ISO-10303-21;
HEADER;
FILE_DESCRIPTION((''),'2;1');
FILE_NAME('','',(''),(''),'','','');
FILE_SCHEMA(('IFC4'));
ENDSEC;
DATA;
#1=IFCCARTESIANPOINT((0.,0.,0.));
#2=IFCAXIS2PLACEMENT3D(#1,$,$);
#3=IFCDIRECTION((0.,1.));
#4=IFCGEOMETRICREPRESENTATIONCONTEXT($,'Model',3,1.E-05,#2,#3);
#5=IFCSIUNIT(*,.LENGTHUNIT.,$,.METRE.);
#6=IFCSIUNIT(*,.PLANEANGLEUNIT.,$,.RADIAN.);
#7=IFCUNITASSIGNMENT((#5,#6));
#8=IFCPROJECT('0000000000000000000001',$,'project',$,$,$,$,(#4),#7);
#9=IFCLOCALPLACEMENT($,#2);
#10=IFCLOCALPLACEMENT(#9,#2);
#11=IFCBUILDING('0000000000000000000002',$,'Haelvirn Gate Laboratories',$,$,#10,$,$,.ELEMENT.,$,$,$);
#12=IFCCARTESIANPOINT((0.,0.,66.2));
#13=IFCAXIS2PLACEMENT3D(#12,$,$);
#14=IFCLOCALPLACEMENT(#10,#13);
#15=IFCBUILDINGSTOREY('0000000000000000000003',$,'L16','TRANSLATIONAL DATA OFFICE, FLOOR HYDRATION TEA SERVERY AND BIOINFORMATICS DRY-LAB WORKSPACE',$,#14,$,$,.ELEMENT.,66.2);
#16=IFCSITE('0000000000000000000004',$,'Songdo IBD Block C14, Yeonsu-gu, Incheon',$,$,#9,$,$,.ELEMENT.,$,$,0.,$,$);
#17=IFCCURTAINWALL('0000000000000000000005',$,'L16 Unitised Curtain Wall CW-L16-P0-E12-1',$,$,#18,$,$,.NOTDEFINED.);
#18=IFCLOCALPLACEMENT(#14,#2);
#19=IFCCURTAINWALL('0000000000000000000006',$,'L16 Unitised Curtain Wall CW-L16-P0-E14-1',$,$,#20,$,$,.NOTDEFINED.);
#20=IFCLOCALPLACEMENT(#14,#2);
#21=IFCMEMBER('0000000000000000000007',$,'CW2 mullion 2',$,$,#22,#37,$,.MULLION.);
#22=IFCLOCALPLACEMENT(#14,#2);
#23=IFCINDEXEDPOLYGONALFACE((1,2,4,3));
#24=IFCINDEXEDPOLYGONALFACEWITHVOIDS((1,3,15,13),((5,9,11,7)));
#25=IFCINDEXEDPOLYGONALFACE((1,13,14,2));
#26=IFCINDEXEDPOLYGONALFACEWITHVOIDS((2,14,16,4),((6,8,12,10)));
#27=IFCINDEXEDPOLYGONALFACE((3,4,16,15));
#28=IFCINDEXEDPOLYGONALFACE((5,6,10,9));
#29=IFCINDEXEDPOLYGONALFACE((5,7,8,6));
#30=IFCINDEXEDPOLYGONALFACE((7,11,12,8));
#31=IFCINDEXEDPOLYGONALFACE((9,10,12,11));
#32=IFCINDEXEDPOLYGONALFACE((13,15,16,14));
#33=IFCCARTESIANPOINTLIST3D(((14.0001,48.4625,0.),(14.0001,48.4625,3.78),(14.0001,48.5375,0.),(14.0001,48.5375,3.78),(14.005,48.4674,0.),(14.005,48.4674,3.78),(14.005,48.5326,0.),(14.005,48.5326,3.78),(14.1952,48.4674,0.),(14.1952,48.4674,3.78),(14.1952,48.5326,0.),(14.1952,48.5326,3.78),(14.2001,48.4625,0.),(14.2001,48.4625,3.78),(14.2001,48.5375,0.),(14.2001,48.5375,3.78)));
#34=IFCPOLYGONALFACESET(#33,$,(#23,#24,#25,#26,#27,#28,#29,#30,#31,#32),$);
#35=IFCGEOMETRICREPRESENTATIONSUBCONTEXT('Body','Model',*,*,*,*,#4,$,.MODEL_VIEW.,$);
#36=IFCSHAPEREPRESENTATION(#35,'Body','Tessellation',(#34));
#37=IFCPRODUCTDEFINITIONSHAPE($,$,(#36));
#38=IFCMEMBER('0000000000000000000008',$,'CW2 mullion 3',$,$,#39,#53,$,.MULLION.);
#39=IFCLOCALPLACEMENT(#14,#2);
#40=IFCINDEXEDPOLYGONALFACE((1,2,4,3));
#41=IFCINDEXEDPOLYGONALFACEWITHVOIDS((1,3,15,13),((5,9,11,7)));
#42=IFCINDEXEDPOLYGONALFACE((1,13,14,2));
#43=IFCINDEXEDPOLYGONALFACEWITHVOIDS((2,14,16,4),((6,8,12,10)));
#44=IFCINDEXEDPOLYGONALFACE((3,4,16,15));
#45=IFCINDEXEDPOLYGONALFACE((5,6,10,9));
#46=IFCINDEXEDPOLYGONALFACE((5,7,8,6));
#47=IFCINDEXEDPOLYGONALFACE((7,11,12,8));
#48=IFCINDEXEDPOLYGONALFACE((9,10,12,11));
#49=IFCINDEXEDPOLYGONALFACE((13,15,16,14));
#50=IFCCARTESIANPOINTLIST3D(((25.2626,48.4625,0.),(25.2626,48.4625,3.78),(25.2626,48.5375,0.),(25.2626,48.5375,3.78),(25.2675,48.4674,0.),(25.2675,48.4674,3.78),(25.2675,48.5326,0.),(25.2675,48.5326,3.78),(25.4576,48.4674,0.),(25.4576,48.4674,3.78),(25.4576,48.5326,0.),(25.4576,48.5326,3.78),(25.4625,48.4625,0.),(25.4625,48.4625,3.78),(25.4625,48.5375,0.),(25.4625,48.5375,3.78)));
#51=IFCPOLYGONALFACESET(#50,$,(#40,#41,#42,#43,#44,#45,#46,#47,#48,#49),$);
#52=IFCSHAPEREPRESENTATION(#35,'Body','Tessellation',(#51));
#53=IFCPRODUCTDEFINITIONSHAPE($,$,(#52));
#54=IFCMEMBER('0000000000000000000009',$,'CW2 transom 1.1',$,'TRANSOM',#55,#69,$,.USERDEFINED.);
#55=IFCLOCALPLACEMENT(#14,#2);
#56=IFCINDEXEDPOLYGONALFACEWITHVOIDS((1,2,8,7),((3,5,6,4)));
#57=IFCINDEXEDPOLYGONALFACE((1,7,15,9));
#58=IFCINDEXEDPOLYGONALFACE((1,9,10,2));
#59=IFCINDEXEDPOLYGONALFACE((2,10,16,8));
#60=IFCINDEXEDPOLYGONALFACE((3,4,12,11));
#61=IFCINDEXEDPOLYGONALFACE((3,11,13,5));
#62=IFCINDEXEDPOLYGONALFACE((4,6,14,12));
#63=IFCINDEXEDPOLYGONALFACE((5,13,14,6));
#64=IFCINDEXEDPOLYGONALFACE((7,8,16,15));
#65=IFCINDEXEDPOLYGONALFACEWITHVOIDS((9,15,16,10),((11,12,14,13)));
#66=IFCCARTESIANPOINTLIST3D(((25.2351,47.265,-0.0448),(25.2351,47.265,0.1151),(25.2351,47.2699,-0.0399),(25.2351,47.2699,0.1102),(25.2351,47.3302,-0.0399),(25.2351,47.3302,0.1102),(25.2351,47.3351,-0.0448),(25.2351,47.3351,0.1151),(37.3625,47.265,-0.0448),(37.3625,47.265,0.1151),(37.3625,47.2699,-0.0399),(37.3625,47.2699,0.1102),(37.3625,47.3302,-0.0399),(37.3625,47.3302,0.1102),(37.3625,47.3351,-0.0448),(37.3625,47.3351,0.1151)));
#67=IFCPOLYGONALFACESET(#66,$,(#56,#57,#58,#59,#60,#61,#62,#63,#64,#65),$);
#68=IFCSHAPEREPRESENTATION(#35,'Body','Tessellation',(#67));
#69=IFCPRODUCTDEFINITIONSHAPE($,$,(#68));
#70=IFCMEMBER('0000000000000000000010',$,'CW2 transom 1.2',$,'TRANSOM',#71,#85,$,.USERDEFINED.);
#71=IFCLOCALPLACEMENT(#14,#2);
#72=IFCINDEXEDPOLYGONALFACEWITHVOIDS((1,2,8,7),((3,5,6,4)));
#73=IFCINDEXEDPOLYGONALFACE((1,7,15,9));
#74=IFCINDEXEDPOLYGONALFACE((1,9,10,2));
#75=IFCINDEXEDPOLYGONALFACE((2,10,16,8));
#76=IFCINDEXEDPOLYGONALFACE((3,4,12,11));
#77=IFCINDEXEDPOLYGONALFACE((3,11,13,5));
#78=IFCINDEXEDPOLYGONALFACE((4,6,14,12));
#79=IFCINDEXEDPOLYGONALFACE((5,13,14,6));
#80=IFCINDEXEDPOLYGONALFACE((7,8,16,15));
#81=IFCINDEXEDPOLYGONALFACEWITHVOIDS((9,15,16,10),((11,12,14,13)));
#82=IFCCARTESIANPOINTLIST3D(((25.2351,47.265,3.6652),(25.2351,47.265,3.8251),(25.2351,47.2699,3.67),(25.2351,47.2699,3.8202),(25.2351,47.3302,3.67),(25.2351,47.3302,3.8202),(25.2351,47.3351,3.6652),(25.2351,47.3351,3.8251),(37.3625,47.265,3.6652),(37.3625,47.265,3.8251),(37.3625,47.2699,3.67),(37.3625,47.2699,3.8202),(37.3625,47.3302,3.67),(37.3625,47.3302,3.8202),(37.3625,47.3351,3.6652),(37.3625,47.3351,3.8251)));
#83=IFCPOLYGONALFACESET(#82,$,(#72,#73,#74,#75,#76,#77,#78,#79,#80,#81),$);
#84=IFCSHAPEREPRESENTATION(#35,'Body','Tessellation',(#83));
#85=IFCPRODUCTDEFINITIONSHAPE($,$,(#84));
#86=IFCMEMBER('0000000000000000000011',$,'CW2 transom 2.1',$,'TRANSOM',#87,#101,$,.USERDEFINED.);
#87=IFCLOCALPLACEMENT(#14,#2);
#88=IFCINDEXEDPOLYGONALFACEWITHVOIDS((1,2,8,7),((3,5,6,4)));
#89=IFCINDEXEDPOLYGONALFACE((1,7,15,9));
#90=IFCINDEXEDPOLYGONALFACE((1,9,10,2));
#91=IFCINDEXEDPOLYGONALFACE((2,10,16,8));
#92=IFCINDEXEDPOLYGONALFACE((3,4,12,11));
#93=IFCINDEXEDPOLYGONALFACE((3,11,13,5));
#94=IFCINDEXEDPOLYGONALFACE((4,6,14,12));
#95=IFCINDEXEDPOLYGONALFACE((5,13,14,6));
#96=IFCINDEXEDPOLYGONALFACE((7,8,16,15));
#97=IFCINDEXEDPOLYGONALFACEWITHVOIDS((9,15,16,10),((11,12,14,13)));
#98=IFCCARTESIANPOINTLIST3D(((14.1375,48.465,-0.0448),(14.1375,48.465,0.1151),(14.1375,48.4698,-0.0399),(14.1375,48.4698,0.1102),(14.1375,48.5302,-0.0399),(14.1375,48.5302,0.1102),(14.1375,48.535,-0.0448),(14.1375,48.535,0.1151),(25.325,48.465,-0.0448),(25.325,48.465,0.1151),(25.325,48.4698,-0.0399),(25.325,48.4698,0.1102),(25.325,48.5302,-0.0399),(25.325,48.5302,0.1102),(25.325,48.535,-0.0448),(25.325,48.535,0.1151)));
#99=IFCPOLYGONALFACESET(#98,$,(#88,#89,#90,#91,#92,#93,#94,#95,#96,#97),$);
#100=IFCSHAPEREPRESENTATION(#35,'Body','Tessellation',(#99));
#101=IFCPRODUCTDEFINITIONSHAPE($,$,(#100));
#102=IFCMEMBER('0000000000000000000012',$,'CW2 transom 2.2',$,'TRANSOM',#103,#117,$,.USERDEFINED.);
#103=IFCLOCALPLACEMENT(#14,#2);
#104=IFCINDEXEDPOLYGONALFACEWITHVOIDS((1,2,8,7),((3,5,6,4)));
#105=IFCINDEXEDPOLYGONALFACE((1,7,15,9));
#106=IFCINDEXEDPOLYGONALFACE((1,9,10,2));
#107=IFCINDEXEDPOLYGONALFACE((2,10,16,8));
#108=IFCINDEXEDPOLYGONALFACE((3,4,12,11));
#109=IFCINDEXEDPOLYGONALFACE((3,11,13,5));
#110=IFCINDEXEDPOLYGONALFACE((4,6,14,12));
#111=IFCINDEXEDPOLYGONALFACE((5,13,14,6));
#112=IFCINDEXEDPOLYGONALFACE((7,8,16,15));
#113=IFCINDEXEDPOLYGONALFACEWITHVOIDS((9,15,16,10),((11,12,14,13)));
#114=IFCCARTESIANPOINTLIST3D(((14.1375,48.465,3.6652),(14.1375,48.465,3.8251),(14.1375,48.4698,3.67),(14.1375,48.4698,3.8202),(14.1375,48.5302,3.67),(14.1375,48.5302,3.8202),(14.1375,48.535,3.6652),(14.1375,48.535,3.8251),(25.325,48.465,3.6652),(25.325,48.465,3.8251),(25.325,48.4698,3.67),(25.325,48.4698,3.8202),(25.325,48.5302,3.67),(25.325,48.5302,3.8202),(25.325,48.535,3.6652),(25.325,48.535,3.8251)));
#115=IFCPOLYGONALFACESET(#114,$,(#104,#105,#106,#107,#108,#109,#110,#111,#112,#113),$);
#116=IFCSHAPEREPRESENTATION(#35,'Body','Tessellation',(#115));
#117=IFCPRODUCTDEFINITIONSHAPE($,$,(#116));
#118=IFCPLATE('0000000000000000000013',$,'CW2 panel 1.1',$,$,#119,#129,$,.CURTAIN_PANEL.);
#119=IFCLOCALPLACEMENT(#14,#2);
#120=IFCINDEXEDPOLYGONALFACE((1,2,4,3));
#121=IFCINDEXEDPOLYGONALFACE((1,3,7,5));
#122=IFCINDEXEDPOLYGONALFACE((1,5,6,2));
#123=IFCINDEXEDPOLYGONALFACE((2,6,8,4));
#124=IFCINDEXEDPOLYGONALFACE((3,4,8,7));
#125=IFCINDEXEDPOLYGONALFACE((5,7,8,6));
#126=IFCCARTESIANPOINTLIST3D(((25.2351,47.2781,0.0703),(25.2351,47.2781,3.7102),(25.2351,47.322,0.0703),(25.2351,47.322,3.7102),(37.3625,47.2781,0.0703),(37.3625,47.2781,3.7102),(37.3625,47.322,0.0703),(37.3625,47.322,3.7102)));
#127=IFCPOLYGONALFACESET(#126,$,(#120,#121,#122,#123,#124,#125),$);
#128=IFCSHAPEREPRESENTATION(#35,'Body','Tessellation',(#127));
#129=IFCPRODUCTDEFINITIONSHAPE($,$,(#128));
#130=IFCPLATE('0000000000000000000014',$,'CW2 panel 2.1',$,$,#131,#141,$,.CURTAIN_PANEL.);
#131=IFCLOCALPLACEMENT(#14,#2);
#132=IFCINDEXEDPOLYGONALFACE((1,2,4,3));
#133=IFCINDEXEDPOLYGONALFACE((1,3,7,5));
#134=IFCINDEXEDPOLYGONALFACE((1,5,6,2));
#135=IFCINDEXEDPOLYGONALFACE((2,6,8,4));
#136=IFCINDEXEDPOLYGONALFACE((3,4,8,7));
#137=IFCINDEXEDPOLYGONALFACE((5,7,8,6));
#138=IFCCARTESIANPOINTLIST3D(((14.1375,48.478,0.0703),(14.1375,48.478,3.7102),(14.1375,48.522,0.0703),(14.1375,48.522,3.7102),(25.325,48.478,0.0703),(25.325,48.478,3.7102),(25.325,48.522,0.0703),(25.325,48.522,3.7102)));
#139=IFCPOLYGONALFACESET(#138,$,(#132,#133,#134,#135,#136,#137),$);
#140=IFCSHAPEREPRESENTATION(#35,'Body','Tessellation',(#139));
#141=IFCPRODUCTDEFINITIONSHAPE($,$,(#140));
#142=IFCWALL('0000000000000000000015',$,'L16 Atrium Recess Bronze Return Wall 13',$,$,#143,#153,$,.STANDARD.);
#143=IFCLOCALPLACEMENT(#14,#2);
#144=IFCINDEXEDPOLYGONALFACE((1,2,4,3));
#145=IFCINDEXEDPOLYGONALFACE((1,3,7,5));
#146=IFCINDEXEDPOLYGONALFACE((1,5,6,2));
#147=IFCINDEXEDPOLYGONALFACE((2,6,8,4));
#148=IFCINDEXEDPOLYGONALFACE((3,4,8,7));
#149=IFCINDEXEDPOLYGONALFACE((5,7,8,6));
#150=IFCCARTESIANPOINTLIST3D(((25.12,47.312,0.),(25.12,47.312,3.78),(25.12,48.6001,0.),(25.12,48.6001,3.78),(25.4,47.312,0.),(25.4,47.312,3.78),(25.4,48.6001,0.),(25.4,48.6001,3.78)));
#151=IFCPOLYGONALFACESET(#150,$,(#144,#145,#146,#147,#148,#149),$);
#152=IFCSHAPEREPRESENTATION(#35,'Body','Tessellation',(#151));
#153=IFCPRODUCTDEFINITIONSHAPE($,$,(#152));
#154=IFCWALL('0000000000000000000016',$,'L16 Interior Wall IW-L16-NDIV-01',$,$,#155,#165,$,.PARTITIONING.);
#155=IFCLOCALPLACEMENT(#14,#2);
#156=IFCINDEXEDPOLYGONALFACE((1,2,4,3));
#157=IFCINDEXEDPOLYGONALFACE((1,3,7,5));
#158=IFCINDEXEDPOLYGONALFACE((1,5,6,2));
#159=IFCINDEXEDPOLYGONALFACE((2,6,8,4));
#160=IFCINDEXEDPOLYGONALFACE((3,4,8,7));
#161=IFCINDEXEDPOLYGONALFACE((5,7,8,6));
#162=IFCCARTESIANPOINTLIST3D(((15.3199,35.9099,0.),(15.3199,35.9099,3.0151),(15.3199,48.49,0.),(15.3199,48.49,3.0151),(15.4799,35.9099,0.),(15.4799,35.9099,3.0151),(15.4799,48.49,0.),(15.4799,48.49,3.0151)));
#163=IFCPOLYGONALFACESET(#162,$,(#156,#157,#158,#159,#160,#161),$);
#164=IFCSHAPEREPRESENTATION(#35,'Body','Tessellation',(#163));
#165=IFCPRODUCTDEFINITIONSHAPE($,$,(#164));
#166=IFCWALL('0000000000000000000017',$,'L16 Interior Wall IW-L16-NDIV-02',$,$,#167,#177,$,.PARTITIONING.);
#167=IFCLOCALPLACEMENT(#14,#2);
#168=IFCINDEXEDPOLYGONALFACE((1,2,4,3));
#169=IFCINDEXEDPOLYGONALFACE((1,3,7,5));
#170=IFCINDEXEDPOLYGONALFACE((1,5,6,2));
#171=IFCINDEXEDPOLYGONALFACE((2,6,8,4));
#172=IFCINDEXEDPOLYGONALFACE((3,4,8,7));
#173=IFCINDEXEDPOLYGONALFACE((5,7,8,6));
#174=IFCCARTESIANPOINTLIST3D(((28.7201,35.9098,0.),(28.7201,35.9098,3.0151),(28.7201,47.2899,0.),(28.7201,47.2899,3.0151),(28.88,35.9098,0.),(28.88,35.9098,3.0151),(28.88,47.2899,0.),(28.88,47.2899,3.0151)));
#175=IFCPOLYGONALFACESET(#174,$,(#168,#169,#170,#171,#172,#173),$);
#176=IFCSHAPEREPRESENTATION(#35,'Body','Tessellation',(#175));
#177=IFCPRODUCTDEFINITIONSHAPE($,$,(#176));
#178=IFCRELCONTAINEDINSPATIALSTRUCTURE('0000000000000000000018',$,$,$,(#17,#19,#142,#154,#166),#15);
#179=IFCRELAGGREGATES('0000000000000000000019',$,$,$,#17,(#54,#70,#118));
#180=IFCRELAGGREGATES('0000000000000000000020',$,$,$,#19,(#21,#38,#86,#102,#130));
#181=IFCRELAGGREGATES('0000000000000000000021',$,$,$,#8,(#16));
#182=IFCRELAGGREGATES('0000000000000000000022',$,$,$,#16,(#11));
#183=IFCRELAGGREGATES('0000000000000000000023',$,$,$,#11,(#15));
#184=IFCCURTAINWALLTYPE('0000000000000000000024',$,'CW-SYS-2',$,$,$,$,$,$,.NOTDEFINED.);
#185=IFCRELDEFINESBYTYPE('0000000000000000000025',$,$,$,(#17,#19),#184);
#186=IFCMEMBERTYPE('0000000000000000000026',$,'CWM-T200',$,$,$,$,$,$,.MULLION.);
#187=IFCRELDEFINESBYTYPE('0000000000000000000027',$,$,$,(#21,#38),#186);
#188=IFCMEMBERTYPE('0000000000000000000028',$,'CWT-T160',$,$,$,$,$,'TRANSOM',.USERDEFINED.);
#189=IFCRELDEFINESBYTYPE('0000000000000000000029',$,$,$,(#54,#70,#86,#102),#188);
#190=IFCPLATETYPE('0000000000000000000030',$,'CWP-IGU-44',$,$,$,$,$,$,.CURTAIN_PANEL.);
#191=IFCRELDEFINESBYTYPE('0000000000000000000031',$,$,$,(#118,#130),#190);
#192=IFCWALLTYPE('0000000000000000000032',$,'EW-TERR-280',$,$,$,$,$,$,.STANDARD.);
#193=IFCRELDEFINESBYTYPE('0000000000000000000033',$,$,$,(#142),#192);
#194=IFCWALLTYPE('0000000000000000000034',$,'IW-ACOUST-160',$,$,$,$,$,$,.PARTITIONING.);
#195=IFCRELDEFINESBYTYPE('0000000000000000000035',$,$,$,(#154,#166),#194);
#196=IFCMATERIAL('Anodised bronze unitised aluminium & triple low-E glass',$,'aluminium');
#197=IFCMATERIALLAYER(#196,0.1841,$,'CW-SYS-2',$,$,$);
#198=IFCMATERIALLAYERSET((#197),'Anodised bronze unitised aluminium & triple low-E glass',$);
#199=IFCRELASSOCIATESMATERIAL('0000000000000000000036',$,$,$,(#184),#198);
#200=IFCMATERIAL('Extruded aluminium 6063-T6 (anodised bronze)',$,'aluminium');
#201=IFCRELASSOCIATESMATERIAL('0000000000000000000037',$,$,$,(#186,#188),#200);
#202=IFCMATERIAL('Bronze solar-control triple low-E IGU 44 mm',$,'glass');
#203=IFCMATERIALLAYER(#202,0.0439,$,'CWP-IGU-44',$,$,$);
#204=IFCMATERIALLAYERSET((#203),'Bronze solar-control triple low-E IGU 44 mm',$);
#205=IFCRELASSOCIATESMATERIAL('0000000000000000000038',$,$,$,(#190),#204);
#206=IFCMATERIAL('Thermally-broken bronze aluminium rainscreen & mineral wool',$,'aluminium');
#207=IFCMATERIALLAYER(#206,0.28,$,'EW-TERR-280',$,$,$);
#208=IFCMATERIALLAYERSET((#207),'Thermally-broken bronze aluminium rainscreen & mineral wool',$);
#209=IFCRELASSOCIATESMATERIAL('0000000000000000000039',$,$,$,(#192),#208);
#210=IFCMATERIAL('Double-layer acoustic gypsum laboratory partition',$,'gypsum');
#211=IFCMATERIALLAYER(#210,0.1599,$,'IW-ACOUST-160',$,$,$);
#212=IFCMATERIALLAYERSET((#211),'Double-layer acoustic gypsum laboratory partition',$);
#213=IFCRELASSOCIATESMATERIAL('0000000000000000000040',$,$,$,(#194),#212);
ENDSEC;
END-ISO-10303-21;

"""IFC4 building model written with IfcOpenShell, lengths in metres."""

from ifc_helpers import new_model, si_unit, direction, frame, frame_2d, origin, origin_2d, place, context, subcontext, project, spatial, rectangle, hollow_rectangle, extrude, source, transform, mapped, material, layer, layer_set, material_profile, profile_set, type_object, type_shapes, element, aggregate, save


model = new_model("IFC4")

# Units and contexts
model_context = context("Model", 3, precision=1e-05, world=origin(), true_north=direction((0.0, 1.0)))
body_context = subcontext(model_context, "Body", "Model", "MODEL_VIEW")
ifc_project = project(units=[si_unit("LENGTHUNIT", "METRE"), si_unit("PLANEANGLEUNIT", "RADIAN")], contexts=[model_context])

# Site, building, storey
site_placement = place(None, origin())
site = spatial("IfcSite", under=ifc_project, at=site_placement, Name="Songdo IBD Block C14, Yeonsu-gu, Incheon", CompositionType="ELEMENT", RefElevation=0.0)
building_placement = place(site_placement, origin())
building = spatial("IfcBuilding", under=site, at=building_placement, Name="Haelvirn Gate Laboratories", CompositionType="ELEMENT")
storey_placement = place(building_placement, frame((0.0, 0.0, 66.2)))
storey = spatial("IfcBuildingStorey", under=building, at=storey_placement, Name="L16", Description="TRANSLATIONAL DATA OFFICE, FLOOR HYDRATION TEA SERVERY AND BIOINFORMATICS DRY-LAB WORKSPACE", CompositionType="ELEMENT", Elevation=66.2)

# Curtain wall
ifc_material_1 = material(Name="Anodised bronze unitised aluminium & triple low-E glass", Category="aluminium")
ifc_layer_1 = layer(ifc_material_1, 0.1841, Name="CW-SYS-2")
ifc_layer_set_1 = layer_set([ifc_layer_1], Name="Anodised bronze unitised aluminium & triple low-E glass")
curtain_wall_type = type_object("IfcCurtainWallType", Name="CW-SYS-2", PredefinedType="NOTDEFINED", material=ifc_layer_set_1)
curtain_wall_1_placement = place(storey_placement, origin())
curtain_wall_1 = element("IfcCurtainWall", 1, at=curtain_wall_1_placement, inside=storey, type_object=curtain_wall_type, Name="L16 Unitised Curtain Wall CW-L16-P0-E12-1", PredefinedType="NOTDEFINED")
ifc_material_2 = material(Name="Extruded aluminium 6063-T6 (anodised bronze)", Category="aluminium")
ifc_material_profile_1 = material_profile(ifc_material_2, hollow_rectangle(XDim=0.075, YDim=0.2, WallThickness=0.0049, at=origin_2d()), Name="CWM-200x75x5")
ifc_profile_set_1 = profile_set([ifc_material_profile_1], Name="Extruded aluminium 6063-T6 (anodised bronze)")
member_type_1 = type_object("IfcMemberType", Name="CWM-T200", PredefinedType="MULLION", material=ifc_profile_set_1)
shared_shape_1 = source(origin(), body_context, "Body", "SweptSolid", [
    extrude(hollow_rectangle(XDim=0.075, YDim=0.2, WallThickness=0.0049, at=origin_2d()), origin(), (0.0, 0.0, 1.0), 3.78),
])
type_shapes(member_type_1, [shared_shape_1])

# Curtain wall, members
curtain_wall_2_placement = place(storey_placement, origin())
curtain_wall_2 = element("IfcCurtainWall", 2, at=curtain_wall_2_placement, inside=storey, type_object=curtain_wall_type, Name="L16 Unitised Curtain Wall CW-L16-P0-E14-1", PredefinedType="NOTDEFINED")
member_1_placement = place(storey_placement, frame((14.1001, 48.5, 0.0), z_axis=(0.0, 0.0, 1.0), x_axis=(0.0, 1.0, 0.0)))
member_1 = element("IfcMember", 3, at=member_1_placement, type_object=member_type_1, Name="CW2 mullion 2", PredefinedType="MULLION", context=body_context, shape_type="MappedRepresentation", body=[
    mapped(shared_shape_1, transform((0.0, 0.0, 0.0), scale=1.0)),
])
member_2_placement = place(storey_placement, frame((25.3625, 48.5, 0.0), z_axis=(0.0, 0.0, 1.0), x_axis=(0.0, 1.0, 0.0)))
member_2 = element("IfcMember", 4, at=member_2_placement, type_object=member_type_1, Name="CW2 mullion 3", PredefinedType="MULLION", context=body_context, shape_type="MappedRepresentation", body=[
    mapped(shared_shape_1, transform((0.0, 0.0, 0.0), scale=1.0)),
])

# Members
ifc_material_profile_2 = material_profile(ifc_material_2, hollow_rectangle(XDim=0.0701, YDim=0.1599, WallThickness=0.0049, at=origin_2d()), Name="CWT-160x70x5")
ifc_profile_set_2 = profile_set([ifc_material_profile_2], Name="Extruded aluminium 6063-T6 (anodised bronze)")
member_type_2 = type_object("IfcMemberType", Name="CWT-T160", ElementType="TRANSOM", PredefinedType="USERDEFINED", material=ifc_profile_set_2)
shared_shape_2 = source(origin(), body_context, "Body", "SweptSolid", [
    extrude(hollow_rectangle(XDim=0.0701, YDim=0.1599, WallThickness=0.0049, at=origin_2d()), origin(), (0.0, 0.0, 1.0), 12.1274),
])
member_3_placement = place(storey_placement, frame((25.2351, 47.3, 0.0352), z_axis=(1.0, 0.0, 0.0), x_axis=(0.0, 1.0, 0.0)))
member_3 = element("IfcMember", 5, at=member_3_placement, type_object=member_type_2, Name="CW2 transom 1.1", ObjectType="TRANSOM", PredefinedType="USERDEFINED", context=body_context, shape_type="MappedRepresentation", body=[
    mapped(shared_shape_2, transform((0.0, 0.0, 0.0), scale=1.0)),
])
member_4_placement = place(storey_placement, frame((25.2351, 47.3, 3.7451), z_axis=(1.0, 0.0, 0.0), x_axis=(0.0, 1.0, 0.0)))
member_4 = element("IfcMember", 6, at=member_4_placement, type_object=member_type_2, Name="CW2 transom 1.2", ObjectType="TRANSOM", PredefinedType="USERDEFINED", context=body_context, shape_type="MappedRepresentation", body=[
    mapped(shared_shape_2, transform((0.0, 0.0, 0.0), scale=1.0)),
])
shared_shape_3 = source(origin(), body_context, "Body", "SweptSolid", [
    extrude(hollow_rectangle(XDim=0.0701, YDim=0.1599, WallThickness=0.0049, at=origin_2d()), origin(), (0.0, 0.0, 1.0), 11.1875),
])
type_shapes(member_type_2, [shared_shape_2, shared_shape_3])
member_5_placement = place(storey_placement, frame((14.1375, 48.5, 0.0352), z_axis=(1.0, 0.0, 0.0), x_axis=(0.0, 1.0, 0.0)))
member_5 = element("IfcMember", 7, at=member_5_placement, type_object=member_type_2, Name="CW2 transom 2.1", ObjectType="TRANSOM", PredefinedType="USERDEFINED", context=body_context, shape_type="MappedRepresentation", body=[
    mapped(shared_shape_3, transform((0.0, 0.0, 0.0), scale=1.0)),
])
member_6_placement = place(storey_placement, frame((14.1375, 48.5, 3.7451), z_axis=(1.0, 0.0, 0.0), x_axis=(0.0, 1.0, 0.0)))
member_6 = element("IfcMember", 8, at=member_6_placement, type_object=member_type_2, Name="CW2 transom 2.2", ObjectType="TRANSOM", PredefinedType="USERDEFINED", context=body_context, shape_type="MappedRepresentation", body=[
    mapped(shared_shape_3, transform((0.0, 0.0, 0.0), scale=1.0)),
])

# Plates
ifc_material_3 = material(Name="Bronze solar-control triple low-E IGU 44 mm", Category="glass")
ifc_layer_2 = layer(ifc_material_3, 0.0439, Name="CWP-IGU-44")
ifc_layer_set_2 = layer_set([ifc_layer_2], Name="Bronze solar-control triple low-E IGU 44 mm")
plate_type = type_object("IfcPlateType", Name="CWP-IGU-44", PredefinedType="CURTAIN_PANEL", material=ifc_layer_set_2)
shared_shape_4 = source(origin(), body_context, "Body", "SweptSolid", [
    extrude(rectangle(XDim=12.1274, YDim=0.0439, at=origin_2d()), origin(), (0.0, 0.0, 1.0), 3.6399),
])
plate_1_placement = place(storey_placement, frame((31.2988, 47.3, 0.0703), z_axis=(0.0, 0.0, 1.0), x_axis=(1.0, 0.0, 0.0)))
plate_1 = element("IfcPlate", 9, at=plate_1_placement, type_object=plate_type, Name="CW2 panel 1.1", PredefinedType="CURTAIN_PANEL", context=body_context, shape_type="MappedRepresentation", body=[
    mapped(shared_shape_4, transform((0.0, 0.0, 0.0), scale=1.0)),
])
aggregate(curtain_wall_1, [member_3, member_4, plate_1])
shared_shape_5 = source(origin(), body_context, "Body", "SweptSolid", [
    extrude(rectangle(XDim=11.1875, YDim=0.0439, at=origin_2d()), origin(), (0.0, 0.0, 1.0), 3.6399),
])
type_shapes(plate_type, [shared_shape_4, shared_shape_5])
plate_2_placement = place(storey_placement, frame((19.7312, 48.5, 0.0703), z_axis=(0.0, 0.0, 1.0), x_axis=(1.0, 0.0, 0.0)))
plate_2 = element("IfcPlate", 10, at=plate_2_placement, type_object=plate_type, Name="CW2 panel 2.1", PredefinedType="CURTAIN_PANEL", context=body_context, shape_type="MappedRepresentation", body=[
    mapped(shared_shape_5, transform((0.0, 0.0, 0.0), scale=1.0)),
])
aggregate(curtain_wall_2, [member_1, member_2, member_5, member_6, plate_2])

# Walls
ifc_material_4 = material(Name="Thermally-broken bronze aluminium rainscreen & mineral wool", Category="aluminium")
ifc_layer_3 = layer(ifc_material_4, 0.28, Name="EW-TERR-280")
ifc_layer_set_3 = layer_set([ifc_layer_3], Name="Thermally-broken bronze aluminium rainscreen & mineral wool")
wall_type_1 = type_object("IfcWallType", Name="EW-TERR-280", PredefinedType="STANDARD", material=ifc_layer_set_3)
wall_1_placement = place(storey_placement, frame((25.26, 47.312, 0.0), z_axis=(0.0, 0.0, 1.0), x_axis=(0.0, 1.0, 0.0)))
element("IfcWall", 11, at=wall_1_placement, inside=storey, type_object=wall_type_1, Name="L16 Atrium Recess Bronze Return Wall 13", PredefinedType="STANDARD", context=body_context, shape_type="SweptSolid", body=[
    extrude(rectangle(XDim=1.2881, YDim=0.28, at=frame_2d((0.644, 0.0))), origin(), (0.0, 0.0, 1.0), 3.78),
])
ifc_material_5 = material(Name="Double-layer acoustic gypsum laboratory partition", Category="gypsum")
ifc_layer_4 = layer(ifc_material_5, 0.1599, Name="IW-ACOUST-160")
ifc_layer_set_4 = layer_set([ifc_layer_4], Name="Double-layer acoustic gypsum laboratory partition")
wall_type_2 = type_object("IfcWallType", Name="IW-ACOUST-160", PredefinedType="PARTITIONING", material=ifc_layer_set_4)
wall_2_placement = place(storey_placement, frame((15.3999, 35.9099, 0.0), z_axis=(0.0, 0.0, 1.0), x_axis=(0.0, 1.0, 0.0)))
element("IfcWall", 12, at=wall_2_placement, inside=storey, type_object=wall_type_2, Name="L16 Interior Wall IW-L16-NDIV-01", PredefinedType="PARTITIONING", context=body_context, shape_type="SweptSolid", body=[
    extrude(rectangle(XDim=12.5801, YDim=0.1599, at=frame_2d((6.29, 0.0))), origin(), (0.0, 0.0, 1.0), 3.0151),
])
wall_3_placement = place(storey_placement, frame((28.8, 35.9099, 0.0), z_axis=(0.0, 0.0, 1.0), x_axis=(0.0, 1.0, 0.0)))
element("IfcWall", 13, at=wall_3_placement, inside=storey, type_object=wall_type_2, Name="L16 Interior Wall IW-L16-NDIV-02", PredefinedType="PARTITIONING", context=body_context, shape_type="SweptSolid", body=[
    extrude(rectangle(XDim=11.3801, YDim=0.1599, at=frame_2d((5.6899, 0.0))), origin(), (0.0, 0.0, 1.0), 3.0151),
])

save(model, "model.ifc")
